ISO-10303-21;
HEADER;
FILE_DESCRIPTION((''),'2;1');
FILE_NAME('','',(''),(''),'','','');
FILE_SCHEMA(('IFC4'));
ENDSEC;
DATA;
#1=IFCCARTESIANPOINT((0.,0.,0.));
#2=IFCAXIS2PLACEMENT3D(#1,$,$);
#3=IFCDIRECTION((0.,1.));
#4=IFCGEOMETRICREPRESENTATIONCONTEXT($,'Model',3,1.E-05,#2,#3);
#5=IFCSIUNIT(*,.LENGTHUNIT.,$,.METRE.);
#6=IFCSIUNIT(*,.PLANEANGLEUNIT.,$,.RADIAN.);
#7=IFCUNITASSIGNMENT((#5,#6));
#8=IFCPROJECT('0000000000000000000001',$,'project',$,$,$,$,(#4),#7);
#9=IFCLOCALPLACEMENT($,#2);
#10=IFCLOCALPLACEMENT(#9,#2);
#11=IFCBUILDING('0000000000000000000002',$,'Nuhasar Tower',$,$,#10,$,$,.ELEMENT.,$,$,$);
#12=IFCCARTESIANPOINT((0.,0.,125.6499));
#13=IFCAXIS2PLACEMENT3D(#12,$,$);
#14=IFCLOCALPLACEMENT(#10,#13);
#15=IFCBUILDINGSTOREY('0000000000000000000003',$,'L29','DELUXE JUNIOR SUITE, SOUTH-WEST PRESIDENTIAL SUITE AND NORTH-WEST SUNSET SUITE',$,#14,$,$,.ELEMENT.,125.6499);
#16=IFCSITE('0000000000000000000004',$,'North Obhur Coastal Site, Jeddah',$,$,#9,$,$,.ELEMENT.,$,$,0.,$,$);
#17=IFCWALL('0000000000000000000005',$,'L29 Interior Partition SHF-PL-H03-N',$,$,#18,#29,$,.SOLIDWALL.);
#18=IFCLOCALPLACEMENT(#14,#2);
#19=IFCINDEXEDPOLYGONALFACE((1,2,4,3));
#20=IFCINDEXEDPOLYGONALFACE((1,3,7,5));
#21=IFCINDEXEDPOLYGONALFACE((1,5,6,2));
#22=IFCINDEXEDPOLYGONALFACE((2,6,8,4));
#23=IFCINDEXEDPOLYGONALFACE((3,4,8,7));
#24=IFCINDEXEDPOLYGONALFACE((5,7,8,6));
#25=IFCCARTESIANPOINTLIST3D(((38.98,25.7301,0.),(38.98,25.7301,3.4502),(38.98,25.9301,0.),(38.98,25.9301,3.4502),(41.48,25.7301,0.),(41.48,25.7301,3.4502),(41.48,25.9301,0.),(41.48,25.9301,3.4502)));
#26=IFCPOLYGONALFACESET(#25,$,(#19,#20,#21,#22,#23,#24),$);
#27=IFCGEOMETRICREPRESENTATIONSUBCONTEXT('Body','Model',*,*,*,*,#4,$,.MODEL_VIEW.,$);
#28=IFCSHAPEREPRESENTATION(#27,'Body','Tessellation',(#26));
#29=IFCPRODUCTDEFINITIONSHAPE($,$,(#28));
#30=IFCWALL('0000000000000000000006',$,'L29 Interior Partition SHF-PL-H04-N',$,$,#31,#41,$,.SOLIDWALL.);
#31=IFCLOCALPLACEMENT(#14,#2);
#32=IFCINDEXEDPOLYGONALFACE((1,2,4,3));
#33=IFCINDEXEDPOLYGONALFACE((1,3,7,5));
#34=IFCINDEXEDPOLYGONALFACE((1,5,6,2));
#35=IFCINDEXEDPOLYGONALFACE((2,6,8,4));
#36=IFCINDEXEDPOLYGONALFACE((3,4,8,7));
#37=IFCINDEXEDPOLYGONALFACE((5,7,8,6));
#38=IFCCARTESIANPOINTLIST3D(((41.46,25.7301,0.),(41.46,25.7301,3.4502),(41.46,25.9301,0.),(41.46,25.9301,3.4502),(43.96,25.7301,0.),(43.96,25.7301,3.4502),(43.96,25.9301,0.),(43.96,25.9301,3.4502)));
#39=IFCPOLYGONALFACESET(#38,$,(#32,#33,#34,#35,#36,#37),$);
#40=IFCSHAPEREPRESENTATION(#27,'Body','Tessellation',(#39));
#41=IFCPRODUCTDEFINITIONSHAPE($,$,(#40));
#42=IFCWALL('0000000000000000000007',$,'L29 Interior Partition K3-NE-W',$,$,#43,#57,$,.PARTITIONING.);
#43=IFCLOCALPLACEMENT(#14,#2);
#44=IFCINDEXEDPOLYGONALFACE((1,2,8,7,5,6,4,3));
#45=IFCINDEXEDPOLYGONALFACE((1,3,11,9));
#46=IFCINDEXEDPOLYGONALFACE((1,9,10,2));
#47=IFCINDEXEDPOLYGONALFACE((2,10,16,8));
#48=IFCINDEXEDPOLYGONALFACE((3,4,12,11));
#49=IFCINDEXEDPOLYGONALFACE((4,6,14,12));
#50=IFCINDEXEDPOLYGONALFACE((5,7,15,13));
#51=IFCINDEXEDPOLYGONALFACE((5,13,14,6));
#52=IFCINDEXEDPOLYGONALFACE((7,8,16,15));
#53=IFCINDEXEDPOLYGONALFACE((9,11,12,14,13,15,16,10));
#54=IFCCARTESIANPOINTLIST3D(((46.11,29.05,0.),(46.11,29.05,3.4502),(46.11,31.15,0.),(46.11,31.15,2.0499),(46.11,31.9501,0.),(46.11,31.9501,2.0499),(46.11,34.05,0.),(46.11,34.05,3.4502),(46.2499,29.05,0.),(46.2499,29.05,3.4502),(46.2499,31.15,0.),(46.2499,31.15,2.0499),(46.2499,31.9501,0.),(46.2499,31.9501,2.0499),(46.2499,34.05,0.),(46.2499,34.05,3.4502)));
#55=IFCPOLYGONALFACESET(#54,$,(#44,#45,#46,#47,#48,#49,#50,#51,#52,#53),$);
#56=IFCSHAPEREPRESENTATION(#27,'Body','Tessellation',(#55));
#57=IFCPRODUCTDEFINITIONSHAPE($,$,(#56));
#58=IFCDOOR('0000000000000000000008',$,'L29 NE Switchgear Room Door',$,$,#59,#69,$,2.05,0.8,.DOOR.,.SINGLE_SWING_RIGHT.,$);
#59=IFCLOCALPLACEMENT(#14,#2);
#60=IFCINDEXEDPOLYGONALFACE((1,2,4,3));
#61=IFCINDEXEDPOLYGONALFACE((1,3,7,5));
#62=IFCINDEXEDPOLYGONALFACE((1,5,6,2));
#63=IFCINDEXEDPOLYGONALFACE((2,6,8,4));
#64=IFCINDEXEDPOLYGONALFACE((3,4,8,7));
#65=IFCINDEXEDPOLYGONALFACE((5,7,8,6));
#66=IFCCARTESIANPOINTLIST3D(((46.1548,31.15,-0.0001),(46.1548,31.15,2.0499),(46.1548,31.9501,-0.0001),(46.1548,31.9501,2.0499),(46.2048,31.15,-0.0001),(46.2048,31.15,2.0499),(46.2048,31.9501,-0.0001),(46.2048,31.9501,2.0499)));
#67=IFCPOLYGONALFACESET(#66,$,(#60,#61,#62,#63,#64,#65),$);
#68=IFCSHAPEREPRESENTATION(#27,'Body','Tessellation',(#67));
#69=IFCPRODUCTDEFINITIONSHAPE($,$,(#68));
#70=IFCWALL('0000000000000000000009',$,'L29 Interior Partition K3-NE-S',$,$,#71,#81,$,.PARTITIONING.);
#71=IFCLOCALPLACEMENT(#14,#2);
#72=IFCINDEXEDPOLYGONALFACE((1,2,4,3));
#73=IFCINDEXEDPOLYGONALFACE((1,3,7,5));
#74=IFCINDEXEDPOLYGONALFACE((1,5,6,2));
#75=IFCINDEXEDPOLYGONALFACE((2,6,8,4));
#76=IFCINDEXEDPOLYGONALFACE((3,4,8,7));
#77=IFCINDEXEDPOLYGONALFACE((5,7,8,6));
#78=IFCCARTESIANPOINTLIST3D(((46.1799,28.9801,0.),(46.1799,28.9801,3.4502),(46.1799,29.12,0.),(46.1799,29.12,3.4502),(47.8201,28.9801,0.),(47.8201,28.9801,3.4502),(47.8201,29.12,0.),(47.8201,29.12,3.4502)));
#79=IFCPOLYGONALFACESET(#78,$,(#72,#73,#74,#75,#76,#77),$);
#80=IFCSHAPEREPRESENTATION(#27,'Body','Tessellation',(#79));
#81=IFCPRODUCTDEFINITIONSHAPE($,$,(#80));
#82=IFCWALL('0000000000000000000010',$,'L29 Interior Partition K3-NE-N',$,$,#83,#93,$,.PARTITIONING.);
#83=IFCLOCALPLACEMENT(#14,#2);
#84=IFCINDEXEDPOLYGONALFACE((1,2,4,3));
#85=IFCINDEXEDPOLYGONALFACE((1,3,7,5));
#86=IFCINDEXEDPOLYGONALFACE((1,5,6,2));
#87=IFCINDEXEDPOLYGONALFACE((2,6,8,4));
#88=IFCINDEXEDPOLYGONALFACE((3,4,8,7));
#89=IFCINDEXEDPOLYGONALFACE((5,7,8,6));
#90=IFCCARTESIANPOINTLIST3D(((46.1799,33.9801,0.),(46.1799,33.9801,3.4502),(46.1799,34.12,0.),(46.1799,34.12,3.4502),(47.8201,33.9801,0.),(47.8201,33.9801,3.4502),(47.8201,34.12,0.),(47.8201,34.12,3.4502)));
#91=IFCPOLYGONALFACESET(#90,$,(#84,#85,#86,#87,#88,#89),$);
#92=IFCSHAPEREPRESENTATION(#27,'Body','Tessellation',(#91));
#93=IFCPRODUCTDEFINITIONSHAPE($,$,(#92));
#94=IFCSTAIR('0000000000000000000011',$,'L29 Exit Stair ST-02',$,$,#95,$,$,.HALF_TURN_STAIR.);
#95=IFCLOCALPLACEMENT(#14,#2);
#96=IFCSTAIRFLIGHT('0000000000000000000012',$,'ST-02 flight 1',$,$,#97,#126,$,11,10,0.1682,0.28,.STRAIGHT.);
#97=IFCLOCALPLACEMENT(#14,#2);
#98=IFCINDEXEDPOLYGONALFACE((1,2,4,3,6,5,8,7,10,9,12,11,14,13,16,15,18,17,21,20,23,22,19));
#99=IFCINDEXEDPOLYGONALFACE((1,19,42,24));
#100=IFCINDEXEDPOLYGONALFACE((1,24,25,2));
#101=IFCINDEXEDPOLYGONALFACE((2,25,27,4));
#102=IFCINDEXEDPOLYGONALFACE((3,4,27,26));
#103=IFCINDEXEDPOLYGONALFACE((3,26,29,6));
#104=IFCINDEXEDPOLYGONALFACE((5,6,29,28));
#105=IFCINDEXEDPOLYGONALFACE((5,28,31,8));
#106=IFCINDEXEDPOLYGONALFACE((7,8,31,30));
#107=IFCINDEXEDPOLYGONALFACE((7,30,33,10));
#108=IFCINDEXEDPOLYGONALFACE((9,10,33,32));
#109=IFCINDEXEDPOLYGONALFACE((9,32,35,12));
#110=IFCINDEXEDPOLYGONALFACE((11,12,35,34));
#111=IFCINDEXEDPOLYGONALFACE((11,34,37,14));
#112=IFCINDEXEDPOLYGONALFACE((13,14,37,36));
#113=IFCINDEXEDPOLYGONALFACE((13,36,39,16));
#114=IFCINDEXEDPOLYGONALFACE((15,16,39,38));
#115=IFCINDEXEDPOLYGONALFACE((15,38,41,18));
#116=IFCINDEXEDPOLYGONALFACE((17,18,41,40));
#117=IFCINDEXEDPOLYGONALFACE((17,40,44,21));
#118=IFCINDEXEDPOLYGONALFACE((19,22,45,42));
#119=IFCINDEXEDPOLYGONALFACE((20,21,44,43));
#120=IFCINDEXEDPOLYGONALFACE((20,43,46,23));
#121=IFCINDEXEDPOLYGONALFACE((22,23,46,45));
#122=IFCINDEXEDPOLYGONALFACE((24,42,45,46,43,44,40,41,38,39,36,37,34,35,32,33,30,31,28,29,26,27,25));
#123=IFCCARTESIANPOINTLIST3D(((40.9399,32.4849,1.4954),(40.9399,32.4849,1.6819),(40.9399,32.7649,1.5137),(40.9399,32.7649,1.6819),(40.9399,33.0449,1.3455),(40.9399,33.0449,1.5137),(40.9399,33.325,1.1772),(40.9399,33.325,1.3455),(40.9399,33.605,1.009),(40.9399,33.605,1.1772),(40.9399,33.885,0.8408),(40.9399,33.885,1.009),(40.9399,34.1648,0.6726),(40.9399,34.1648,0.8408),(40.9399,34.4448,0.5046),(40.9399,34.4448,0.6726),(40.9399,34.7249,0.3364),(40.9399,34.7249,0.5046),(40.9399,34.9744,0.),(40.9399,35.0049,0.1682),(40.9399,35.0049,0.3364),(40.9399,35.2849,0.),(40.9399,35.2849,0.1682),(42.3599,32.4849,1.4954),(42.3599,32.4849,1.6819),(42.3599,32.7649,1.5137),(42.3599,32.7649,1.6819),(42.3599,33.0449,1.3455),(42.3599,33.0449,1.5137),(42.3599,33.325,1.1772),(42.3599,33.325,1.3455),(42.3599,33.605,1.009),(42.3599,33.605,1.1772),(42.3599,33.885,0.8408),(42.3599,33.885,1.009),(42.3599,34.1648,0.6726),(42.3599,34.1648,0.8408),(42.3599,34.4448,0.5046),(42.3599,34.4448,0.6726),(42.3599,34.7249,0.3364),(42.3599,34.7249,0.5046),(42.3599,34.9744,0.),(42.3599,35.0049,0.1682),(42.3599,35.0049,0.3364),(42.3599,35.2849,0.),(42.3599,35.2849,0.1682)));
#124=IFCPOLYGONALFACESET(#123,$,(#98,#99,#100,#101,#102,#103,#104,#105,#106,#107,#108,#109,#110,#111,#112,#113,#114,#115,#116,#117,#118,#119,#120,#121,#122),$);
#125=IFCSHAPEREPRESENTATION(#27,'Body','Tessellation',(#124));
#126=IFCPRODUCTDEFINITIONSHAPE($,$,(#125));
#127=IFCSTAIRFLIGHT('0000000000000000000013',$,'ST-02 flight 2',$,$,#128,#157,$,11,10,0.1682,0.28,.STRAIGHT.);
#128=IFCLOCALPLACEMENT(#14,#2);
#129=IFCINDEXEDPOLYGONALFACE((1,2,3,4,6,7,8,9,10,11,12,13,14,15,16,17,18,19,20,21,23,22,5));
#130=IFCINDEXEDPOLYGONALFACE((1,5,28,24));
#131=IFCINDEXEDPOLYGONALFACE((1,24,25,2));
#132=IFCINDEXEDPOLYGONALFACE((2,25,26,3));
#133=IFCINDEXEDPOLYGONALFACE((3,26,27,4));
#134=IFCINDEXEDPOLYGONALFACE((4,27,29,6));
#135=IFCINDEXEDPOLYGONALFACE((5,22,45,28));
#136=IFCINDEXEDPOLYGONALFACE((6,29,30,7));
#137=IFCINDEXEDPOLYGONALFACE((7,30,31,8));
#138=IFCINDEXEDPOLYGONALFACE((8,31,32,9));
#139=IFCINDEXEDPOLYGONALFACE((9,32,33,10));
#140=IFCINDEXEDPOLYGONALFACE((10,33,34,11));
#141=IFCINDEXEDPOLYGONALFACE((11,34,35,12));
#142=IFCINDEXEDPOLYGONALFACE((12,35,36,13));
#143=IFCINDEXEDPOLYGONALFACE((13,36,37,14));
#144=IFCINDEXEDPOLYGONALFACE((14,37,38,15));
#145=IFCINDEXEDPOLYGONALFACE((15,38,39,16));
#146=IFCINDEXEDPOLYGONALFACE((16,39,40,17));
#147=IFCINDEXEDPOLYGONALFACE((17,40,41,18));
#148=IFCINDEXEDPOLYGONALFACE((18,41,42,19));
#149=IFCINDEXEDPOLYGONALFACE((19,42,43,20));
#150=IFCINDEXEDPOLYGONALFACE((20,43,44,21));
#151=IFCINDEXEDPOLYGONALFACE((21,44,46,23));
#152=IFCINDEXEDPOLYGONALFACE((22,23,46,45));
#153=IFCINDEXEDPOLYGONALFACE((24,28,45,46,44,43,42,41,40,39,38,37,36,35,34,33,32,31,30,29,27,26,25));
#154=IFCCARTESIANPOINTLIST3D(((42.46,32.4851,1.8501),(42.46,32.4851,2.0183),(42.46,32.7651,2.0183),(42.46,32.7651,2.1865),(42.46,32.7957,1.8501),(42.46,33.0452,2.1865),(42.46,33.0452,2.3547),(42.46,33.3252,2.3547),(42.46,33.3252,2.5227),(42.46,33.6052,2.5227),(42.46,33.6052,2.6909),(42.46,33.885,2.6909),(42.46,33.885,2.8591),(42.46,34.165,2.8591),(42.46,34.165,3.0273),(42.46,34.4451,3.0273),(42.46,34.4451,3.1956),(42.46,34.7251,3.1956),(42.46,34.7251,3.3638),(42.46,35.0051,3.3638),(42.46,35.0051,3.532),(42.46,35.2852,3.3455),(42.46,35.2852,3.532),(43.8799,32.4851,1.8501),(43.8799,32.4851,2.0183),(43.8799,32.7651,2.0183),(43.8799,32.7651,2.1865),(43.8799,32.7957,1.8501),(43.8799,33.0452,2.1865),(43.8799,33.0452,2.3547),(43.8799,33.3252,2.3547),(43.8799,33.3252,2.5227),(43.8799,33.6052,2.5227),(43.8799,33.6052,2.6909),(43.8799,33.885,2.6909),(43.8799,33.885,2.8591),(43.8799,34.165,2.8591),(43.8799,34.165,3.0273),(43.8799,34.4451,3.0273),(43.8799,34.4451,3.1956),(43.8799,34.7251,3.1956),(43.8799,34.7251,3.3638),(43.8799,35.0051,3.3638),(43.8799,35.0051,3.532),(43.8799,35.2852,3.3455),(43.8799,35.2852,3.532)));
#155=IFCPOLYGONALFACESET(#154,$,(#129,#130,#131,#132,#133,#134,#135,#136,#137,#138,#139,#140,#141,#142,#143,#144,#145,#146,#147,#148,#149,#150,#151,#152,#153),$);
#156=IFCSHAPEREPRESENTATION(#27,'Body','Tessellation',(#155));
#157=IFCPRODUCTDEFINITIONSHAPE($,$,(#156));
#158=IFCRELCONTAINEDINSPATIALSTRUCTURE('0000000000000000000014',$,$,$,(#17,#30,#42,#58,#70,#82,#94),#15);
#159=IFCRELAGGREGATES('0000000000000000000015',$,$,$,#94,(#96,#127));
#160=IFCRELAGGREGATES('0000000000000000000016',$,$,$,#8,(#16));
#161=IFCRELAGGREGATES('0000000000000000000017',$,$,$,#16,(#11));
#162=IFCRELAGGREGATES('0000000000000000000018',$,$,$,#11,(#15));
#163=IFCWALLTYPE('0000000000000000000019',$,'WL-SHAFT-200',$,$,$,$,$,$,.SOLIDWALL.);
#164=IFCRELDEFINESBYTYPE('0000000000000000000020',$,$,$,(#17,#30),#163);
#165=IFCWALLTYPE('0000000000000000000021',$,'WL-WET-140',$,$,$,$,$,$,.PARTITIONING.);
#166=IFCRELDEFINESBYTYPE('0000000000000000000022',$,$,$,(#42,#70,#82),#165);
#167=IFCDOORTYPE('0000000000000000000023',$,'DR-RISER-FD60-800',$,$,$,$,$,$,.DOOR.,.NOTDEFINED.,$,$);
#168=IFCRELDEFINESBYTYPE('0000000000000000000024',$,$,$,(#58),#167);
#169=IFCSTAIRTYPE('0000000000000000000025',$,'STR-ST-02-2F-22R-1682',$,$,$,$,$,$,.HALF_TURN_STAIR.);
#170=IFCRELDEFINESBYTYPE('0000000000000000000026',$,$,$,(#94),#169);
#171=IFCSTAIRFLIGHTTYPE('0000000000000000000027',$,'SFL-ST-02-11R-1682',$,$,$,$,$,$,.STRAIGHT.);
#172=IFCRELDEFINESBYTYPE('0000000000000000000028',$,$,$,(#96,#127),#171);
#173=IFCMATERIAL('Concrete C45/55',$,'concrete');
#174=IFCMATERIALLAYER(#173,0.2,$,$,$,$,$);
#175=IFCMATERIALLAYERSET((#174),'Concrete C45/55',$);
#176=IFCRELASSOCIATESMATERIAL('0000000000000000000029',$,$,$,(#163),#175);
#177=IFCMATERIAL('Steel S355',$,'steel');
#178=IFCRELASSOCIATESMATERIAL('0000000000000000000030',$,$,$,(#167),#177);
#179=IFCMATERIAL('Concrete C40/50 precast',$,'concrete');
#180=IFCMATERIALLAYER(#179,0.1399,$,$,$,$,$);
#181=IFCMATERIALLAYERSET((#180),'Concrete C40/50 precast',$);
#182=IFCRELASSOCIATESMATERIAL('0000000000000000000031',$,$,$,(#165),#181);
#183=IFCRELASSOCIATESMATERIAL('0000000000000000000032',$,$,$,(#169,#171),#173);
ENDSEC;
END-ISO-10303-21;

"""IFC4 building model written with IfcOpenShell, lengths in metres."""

from ifc_helpers import new_model, si_unit, direction, frame, frame_2d, origin, place, context, subcontext, project, spatial, polyline, rectangle, outline, extrude, material, layer, layer_set, type_object, element, fill, aggregate, save


model = new_model("IFC4")

# Units and contexts
model_context = context("Model", 3, precision=1e-05, world=origin(), true_north=direction((0.0, 1.0)))
body_context = subcontext(model_context, "Body", "Model", "MODEL_VIEW")
ifc_project = project(units=[si_unit("LENGTHUNIT", "METRE"), si_unit("PLANEANGLEUNIT", "RADIAN")], contexts=[model_context])

# Site, building, storey
site_placement = place(None, origin())
site = spatial("IfcSite", under=ifc_project, at=site_placement, Name="North Obhur Coastal Site, Jeddah", CompositionType="ELEMENT", RefElevation=0.0)
building_placement = place(site_placement, origin())
building = spatial("IfcBuilding", under=site, at=building_placement, Name="Nuhasar Tower", CompositionType="ELEMENT")
storey_placement = place(building_placement, frame((0.0, 0.0, 125.6499)))
storey = spatial("IfcBuildingStorey", under=building, at=storey_placement, Name="L29", Description="DELUXE JUNIOR SUITE, SOUTH-WEST PRESIDENTIAL SUITE AND NORTH-WEST SUNSET SUITE", CompositionType="ELEMENT", Elevation=125.6499)

# Shared definitions
ifc_material_1 = material(Name="Steel S355", Category="steel")

# Shared definitions
ifc_material_2 = material(Name="Concrete C45/55", Category="concrete")
ifc_layer_1 = layer(ifc_material_2, 0.2)
ifc_layer_set_1 = layer_set([ifc_layer_1], Name="Concrete C45/55")
wall_type_1 = type_object("IfcWallType", Name="WL-SHAFT-200", PredefinedType="SOLIDWALL", material=ifc_layer_set_1)

# Shared definitions
door_type_1 = type_object("IfcDoorType", Name="DR-RISER-FD60-800", OperationType="NOTDEFINED", PredefinedType="DOOR", material=ifc_material_1)

# Walls
for number, where, z_axis, x_axis, name in (
    (1, (38.98, 25.8301, 0.0), (0.0, 0.0, 1.0), (1.0, 0.0, 0.0), "L29 Interior Partition SHF-PL-H03-N"),
    (2, (41.46, 25.8301, 0.0), (0.0, 0.0, 1.0), (1.0, 0.0, 0.0), "L29 Interior Partition SHF-PL-H04-N"),
):
    element("IfcWall", number, at=place(storey_placement, frame(where, z_axis=z_axis, x_axis=x_axis)), inside=storey, type_object=wall_type_1, Name=name, PredefinedType="SOLIDWALL", context=body_context, shape_type="SweptSolid", body=[
        extrude(rectangle(XDim=2.5, YDim=0.2, at=frame_2d((1.25, 0.0))), origin(), (0.0, 0.0, 1.0), 3.4502),
    ])

# Wall, opening, door
ifc_material_3 = material(Name="Concrete C40/50 precast", Category="concrete")
ifc_layer_2 = layer(ifc_material_3, 0.1399)
ifc_layer_set_2 = layer_set([ifc_layer_2], Name="Concrete C40/50 precast")
wall_type_2 = type_object("IfcWallType", Name="WL-WET-140", PredefinedType="PARTITIONING", material=ifc_layer_set_2)
wall_1_placement = place(storey_placement, frame((46.1799, 34.05, 0.0), z_axis=(0.0, 0.0, 1.0), x_axis=(0.0, -1.0, 0.0)))
wall_1 = element("IfcWall", 3, at=wall_1_placement, inside=storey, type_object=wall_type_2, Name="L29 Interior Partition K3-NE-W", PredefinedType="PARTITIONING", context=body_context, shape_type="SweptSolid", body=[
    extrude(rectangle(XDim=5.0, YDim=0.1399, at=frame_2d((2.5, 0.0))), origin(), (0.0, 0.0, 1.0), 3.4502),
])
opening_1_placement = place(wall_1_placement, frame((2.1001, 0.0, 0.0)))
opening_1 = element("IfcOpeningElement", 4, at=opening_1_placement, cuts=wall_1, PredefinedType="OPENING", context=body_context, shape_type="SweptSolid", body=[
    extrude(rectangle(XDim=0.8, YDim=2.05, at=frame_2d((0.3999, 1.0249))), frame((0.0, 0.0801, 0.0), z_axis=(0.0, -1.0, 0.0), x_axis=(1.0, 0.0, 0.0)), (0.0, 0.0, 1.0), 0.1599),
])
door_1_placement = place(opening_1_placement, origin())
door_1 = element("IfcDoor", 5, at=door_1_placement, inside=storey, type_object=door_type_1, Name="L29 NE Switchgear Room Door", OperationType="SINGLE_SWING_RIGHT", OverallHeight=2.05, OverallWidth=0.8, PredefinedType="DOOR", context=body_context, shape_type="SweptSolid", body=[
    extrude(rectangle(XDim=0.8, YDim=2.05, at=frame_2d((0.3999, 1.0249))), frame((0.0, 0.0249, 0.0), z_axis=(0.0, -1.0, 0.0), x_axis=(1.0, 0.0, 0.0)), (0.0, 0.0, 1.0), 0.05),
])
fill(opening_1, door_1)

# Walls
for number, where, z_axis, x_axis, name in (
    (6, (46.1799, 29.05, 0.0), (0.0, 0.0, 1.0), (1.0, 0.0, 0.0), "L29 Interior Partition K3-NE-S"),
    (7, (46.1799, 34.05, 0.0), (0.0, 0.0, 1.0), (1.0, 0.0, 0.0), "L29 Interior Partition K3-NE-N"),
):
    element("IfcWall", number, at=place(storey_placement, frame(where, z_axis=z_axis, x_axis=x_axis)), inside=storey, type_object=wall_type_2, Name=name, PredefinedType="PARTITIONING", context=body_context, shape_type="SweptSolid", body=[
        extrude(rectangle(XDim=1.6401, YDim=0.1399, at=frame_2d((0.8201, 0.0))), origin(), (0.0, 0.0, 1.0), 3.4502),
    ])

# Stair, stair flights
stair_type_1 = type_object("IfcStairType", Name="STR-ST-02-2F-22R-1682", PredefinedType="HALF_TURN_STAIR", material=ifc_material_2)
stair_1_placement = place(storey_placement, origin())
stair_1 = element("IfcStair", 8, at=stair_1_placement, inside=storey, type_object=stair_type_1, Name="L29 Exit Stair ST-02", PredefinedType="HALF_TURN_STAIR")
stair_flight_type_1 = type_object("IfcStairFlightType", Name="SFL-ST-02-11R-1682", PredefinedType="STRAIGHT", material=ifc_material_2)
stair_flight_1_placement = place(storey_placement, frame((41.6499, 35.2849, 0.0), z_axis=(0.0, 0.0, 1.0), x_axis=(0.0, -1.0, 0.0)))
stair_flight_1 = element("IfcStairFlight", 9, at=stair_flight_1_placement, type_object=stair_flight_type_1, Name="ST-02 flight 1", NumberOfRisers=11, NumberOfTreads=10, PredefinedType="STRAIGHT", RiserHeight=0.1682, TreadLength=0.28, context=body_context, shape_type="SweptSolid", body=[
    extrude(outline(polyline([(0.0, 0.0), (0.0, 0.1682), (0.28, 0.1682), (0.28, 0.3364), (0.5601, 0.3364), (0.5601, 0.5046), (0.8401, 0.5046), (0.8401, 0.6726), (1.1201, 0.6726), (1.1201, 0.8408), (1.3999, 0.8408), (1.3999, 1.009), (1.6799, 1.009), (1.6799, 1.1772), (1.96, 1.1772), (1.96, 1.3455), (2.24, 1.3455), (2.24, 1.5137), (2.52, 1.5137), (2.52, 1.6819), (2.8, 1.6819), (2.8, 1.8501), (2.8, 1.4954), (0.3105, 0.0), (0.0, 0.0)])), frame((0.0, 0.71, 0.0), z_axis=(0.0, -1.0, 0.0), x_axis=(1.0, 0.0, 0.0)), (0.0, 0.0, 1.0), 1.4199),
])
stair_flight_2_placement = place(storey_placement, frame((43.1699, 32.4851, 1.8501), z_axis=(0.0, 0.0, 1.0), x_axis=(0.0, 1.0, 0.0)))
stair_flight_2 = element("IfcStairFlight", 10, at=stair_flight_2_placement, type_object=stair_flight_type_1, Name="ST-02 flight 2", NumberOfRisers=11, NumberOfTreads=10, PredefinedType="STRAIGHT", RiserHeight=0.1682, TreadLength=0.28, context=body_context, shape_type="SweptSolid", body=[
    extrude(outline(polyline([(0.0, 0.0), (0.0, 0.1682), (0.28, 0.1682), (0.28, 0.3364), (0.5601, 0.3364), (0.5601, 0.5046), (0.8401, 0.5046), (0.8401, 0.6726), (1.1201, 0.6726), (1.1201, 0.8408), (1.3999, 0.8408), (1.3999, 1.009), (1.6799, 1.009), (1.6799, 1.1772), (1.96, 1.1772), (1.96, 1.3455), (2.24, 1.3455), (2.24, 1.5137), (2.52, 1.5137), (2.52, 1.6819), (2.8, 1.6819), (2.8, 1.8501), (2.8, 1.4954), (0.3105, 0.0), (0.0, 0.0)])), frame((0.0, 0.71, 0.0), z_axis=(0.0, -1.0, 0.0), x_axis=(1.0, 0.0, 0.0)), (0.0, 0.0, 1.0), 1.4199),
])
aggregate(stair_1, [stair_flight_1, stair_flight_2])

save(model, "model.ifc")
